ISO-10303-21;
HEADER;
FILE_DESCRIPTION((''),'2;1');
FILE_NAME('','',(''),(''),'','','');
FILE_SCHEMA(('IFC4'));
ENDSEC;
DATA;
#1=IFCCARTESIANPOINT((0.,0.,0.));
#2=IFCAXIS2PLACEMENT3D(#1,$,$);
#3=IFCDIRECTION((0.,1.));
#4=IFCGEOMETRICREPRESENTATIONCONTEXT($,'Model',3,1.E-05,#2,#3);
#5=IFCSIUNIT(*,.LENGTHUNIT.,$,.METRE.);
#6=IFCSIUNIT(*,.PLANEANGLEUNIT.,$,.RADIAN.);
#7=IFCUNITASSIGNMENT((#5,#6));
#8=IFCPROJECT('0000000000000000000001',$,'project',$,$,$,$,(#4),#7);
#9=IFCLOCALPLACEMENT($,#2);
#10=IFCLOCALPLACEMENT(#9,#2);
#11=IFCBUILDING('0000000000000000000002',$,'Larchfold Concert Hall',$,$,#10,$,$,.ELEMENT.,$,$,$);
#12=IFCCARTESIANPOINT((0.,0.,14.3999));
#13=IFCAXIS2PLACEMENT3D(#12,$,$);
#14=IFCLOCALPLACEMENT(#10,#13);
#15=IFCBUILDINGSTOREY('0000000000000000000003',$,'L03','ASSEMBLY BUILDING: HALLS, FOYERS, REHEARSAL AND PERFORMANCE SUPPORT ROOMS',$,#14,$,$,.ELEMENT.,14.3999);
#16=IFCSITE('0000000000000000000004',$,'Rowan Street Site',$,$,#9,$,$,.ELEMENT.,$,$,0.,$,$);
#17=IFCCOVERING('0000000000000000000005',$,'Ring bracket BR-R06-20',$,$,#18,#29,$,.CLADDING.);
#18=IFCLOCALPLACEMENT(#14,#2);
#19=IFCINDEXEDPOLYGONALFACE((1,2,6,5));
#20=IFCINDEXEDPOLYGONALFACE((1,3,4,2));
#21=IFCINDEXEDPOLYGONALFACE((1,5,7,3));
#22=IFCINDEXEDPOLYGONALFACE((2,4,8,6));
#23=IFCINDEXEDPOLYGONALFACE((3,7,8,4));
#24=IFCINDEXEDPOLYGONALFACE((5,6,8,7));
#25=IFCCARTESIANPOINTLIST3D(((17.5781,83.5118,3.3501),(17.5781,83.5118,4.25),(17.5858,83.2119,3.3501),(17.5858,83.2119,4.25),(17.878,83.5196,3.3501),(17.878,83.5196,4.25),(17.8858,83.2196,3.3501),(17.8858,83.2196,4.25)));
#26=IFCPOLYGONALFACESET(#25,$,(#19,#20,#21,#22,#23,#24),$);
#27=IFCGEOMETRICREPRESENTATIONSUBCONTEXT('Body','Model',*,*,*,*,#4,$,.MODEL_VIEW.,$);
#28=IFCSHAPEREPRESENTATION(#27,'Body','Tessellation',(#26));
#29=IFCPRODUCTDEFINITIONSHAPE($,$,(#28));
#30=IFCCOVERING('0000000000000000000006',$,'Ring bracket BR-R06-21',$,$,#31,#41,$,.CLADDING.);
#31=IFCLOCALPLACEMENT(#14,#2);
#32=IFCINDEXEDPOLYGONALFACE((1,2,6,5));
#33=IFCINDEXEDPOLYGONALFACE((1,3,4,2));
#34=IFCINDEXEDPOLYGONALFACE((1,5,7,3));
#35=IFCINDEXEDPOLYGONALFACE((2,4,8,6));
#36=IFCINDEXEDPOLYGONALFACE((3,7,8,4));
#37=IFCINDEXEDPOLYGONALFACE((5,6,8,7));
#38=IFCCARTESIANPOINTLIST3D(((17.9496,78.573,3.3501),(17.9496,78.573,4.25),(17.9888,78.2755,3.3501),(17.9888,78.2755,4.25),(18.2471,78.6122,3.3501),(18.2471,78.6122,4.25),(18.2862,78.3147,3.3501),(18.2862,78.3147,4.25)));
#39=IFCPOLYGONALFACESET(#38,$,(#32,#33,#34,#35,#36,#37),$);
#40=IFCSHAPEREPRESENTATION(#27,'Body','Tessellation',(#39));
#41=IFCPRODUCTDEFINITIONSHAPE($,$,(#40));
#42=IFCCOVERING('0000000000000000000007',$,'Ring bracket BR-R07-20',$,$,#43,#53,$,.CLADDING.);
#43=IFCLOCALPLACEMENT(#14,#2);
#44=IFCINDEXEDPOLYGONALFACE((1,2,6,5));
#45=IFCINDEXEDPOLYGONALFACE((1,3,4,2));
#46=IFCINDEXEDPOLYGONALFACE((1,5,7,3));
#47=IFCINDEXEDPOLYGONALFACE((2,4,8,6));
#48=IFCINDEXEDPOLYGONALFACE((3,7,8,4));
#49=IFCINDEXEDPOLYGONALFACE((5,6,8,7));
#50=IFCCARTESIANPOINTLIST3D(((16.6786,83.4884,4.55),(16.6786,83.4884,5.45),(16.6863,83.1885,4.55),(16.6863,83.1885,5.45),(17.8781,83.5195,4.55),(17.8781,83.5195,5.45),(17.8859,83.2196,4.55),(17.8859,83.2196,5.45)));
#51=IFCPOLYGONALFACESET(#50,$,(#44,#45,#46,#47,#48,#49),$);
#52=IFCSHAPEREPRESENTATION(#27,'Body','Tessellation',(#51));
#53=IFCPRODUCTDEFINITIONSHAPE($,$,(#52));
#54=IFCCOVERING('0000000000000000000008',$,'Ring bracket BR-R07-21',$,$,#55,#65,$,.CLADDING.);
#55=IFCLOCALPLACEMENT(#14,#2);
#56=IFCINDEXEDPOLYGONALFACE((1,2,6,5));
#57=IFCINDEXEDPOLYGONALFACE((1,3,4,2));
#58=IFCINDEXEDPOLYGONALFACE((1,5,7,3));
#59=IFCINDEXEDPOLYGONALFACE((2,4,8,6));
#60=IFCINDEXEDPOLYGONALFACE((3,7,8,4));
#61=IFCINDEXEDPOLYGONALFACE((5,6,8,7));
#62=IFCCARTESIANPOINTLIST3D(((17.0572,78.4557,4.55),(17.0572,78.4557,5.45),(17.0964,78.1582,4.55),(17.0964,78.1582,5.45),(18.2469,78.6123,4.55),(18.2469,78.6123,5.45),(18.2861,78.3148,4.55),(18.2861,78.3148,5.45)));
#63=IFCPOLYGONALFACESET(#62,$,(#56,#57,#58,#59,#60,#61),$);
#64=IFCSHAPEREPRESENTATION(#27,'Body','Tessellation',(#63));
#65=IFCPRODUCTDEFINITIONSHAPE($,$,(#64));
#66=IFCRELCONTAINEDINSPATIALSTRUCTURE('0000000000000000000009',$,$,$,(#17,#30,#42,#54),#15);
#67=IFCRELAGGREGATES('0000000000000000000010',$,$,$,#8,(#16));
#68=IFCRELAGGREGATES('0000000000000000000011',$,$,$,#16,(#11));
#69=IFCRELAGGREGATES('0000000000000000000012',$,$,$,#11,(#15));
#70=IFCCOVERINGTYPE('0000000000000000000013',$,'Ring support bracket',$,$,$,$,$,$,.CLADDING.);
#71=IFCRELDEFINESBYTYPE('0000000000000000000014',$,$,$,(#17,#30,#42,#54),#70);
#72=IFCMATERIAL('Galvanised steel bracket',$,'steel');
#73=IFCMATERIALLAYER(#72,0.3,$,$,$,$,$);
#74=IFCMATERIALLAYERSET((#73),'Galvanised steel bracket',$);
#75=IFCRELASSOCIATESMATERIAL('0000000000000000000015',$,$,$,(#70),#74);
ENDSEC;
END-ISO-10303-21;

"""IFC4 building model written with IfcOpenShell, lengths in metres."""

from ifc_helpers import new_model, si_unit, direction, frame, origin, origin_2d, place, context, subcontext, project, spatial, rectangle, extrude, material, layer, layer_set, type_object, element, save


model = new_model("IFC4")

# Units and contexts
model_context = context("Model", 3, precision=1e-05, world=origin(), true_north=direction((0.0, 1.0)))
body_context = subcontext(model_context, "Body", "Model", "MODEL_VIEW")
ifc_project = project(units=[si_unit("LENGTHUNIT", "METRE"), si_unit("PLANEANGLEUNIT", "RADIAN")], contexts=[model_context])

# Site, building, storey
site_placement = place(None, origin())
site = spatial("IfcSite", under=ifc_project, at=site_placement, Name="Rowan Street Site", CompositionType="ELEMENT", RefElevation=0.0)
building_placement = place(site_placement, origin())
building = spatial("IfcBuilding", under=site, at=building_placement, Name="Larchfold Concert Hall", CompositionType="ELEMENT")
storey_placement = place(building_placement, frame((0.0, 0.0, 14.3999)))
storey = spatial("IfcBuildingStorey", under=building, at=storey_placement, Name="L03", Description="ASSEMBLY BUILDING: HALLS, FOYERS, REHEARSAL AND PERFORMANCE SUPPORT ROOMS", CompositionType="ELEMENT", Elevation=14.3999)

# Coverings
ifc_material_1 = material(Name="Galvanised steel bracket", Category="steel")
ifc_layer_1 = layer(ifc_material_1, 0.3)
ifc_layer_set_1 = layer_set([ifc_layer_1], Name="Galvanised steel bracket")
covering_type = type_object("IfcCoveringType", Name="Ring support bracket", PredefinedType="CLADDING", material=ifc_layer_set_1)
for number, where, z_axis, x_axis, name in (
    (1, (17.7319, 83.3657, 3.3501), (0.0, 0.0, 1.0), (-0.999665, -0.025882, 0.0), "Ring bracket BR-R06-20"),
    (2, (18.1179, 78.4438, 3.3501), (0.0, 0.0, 1.0), (-0.99145, -0.130488, 0.0), "Ring bracket BR-R06-21"),
):
    element("IfcCovering", number, at=place(storey_placement, frame(where, z_axis=z_axis, x_axis=x_axis)), inside=storey, type_object=covering_type, Name=name, PredefinedType="CLADDING", context=body_context, shape_type="SweptSolid", body=[
        extrude(rectangle(XDim=0.3, YDim=0.3, at=origin_2d()), origin(), (0.0, 0.0, 1.0), 0.8999),
    ])
for number, where, z_axis, x_axis, name in (
    (3, (17.2822, 83.354, 4.55), (0.0, 0.0, 1.0), (-0.999665, -0.025882, 0.0), "Ring bracket BR-R07-20"),
    (4, (17.6716, 78.3853, 4.55), (0.0, 0.0, 1.0), (-0.99145, -0.130488, 0.0), "Ring bracket BR-R07-21"),
):
    element("IfcCovering", number, at=place(storey_placement, frame(where, z_axis=z_axis, x_axis=x_axis)), inside=storey, type_object=covering_type, Name=name, PredefinedType="CLADDING", context=body_context, shape_type="SweptSolid", body=[
        extrude(rectangle(XDim=1.2, YDim=0.3, at=origin_2d()), origin(), (0.0, 0.0, 1.0), 0.8999),
    ])

save(model, "model.ifc")
